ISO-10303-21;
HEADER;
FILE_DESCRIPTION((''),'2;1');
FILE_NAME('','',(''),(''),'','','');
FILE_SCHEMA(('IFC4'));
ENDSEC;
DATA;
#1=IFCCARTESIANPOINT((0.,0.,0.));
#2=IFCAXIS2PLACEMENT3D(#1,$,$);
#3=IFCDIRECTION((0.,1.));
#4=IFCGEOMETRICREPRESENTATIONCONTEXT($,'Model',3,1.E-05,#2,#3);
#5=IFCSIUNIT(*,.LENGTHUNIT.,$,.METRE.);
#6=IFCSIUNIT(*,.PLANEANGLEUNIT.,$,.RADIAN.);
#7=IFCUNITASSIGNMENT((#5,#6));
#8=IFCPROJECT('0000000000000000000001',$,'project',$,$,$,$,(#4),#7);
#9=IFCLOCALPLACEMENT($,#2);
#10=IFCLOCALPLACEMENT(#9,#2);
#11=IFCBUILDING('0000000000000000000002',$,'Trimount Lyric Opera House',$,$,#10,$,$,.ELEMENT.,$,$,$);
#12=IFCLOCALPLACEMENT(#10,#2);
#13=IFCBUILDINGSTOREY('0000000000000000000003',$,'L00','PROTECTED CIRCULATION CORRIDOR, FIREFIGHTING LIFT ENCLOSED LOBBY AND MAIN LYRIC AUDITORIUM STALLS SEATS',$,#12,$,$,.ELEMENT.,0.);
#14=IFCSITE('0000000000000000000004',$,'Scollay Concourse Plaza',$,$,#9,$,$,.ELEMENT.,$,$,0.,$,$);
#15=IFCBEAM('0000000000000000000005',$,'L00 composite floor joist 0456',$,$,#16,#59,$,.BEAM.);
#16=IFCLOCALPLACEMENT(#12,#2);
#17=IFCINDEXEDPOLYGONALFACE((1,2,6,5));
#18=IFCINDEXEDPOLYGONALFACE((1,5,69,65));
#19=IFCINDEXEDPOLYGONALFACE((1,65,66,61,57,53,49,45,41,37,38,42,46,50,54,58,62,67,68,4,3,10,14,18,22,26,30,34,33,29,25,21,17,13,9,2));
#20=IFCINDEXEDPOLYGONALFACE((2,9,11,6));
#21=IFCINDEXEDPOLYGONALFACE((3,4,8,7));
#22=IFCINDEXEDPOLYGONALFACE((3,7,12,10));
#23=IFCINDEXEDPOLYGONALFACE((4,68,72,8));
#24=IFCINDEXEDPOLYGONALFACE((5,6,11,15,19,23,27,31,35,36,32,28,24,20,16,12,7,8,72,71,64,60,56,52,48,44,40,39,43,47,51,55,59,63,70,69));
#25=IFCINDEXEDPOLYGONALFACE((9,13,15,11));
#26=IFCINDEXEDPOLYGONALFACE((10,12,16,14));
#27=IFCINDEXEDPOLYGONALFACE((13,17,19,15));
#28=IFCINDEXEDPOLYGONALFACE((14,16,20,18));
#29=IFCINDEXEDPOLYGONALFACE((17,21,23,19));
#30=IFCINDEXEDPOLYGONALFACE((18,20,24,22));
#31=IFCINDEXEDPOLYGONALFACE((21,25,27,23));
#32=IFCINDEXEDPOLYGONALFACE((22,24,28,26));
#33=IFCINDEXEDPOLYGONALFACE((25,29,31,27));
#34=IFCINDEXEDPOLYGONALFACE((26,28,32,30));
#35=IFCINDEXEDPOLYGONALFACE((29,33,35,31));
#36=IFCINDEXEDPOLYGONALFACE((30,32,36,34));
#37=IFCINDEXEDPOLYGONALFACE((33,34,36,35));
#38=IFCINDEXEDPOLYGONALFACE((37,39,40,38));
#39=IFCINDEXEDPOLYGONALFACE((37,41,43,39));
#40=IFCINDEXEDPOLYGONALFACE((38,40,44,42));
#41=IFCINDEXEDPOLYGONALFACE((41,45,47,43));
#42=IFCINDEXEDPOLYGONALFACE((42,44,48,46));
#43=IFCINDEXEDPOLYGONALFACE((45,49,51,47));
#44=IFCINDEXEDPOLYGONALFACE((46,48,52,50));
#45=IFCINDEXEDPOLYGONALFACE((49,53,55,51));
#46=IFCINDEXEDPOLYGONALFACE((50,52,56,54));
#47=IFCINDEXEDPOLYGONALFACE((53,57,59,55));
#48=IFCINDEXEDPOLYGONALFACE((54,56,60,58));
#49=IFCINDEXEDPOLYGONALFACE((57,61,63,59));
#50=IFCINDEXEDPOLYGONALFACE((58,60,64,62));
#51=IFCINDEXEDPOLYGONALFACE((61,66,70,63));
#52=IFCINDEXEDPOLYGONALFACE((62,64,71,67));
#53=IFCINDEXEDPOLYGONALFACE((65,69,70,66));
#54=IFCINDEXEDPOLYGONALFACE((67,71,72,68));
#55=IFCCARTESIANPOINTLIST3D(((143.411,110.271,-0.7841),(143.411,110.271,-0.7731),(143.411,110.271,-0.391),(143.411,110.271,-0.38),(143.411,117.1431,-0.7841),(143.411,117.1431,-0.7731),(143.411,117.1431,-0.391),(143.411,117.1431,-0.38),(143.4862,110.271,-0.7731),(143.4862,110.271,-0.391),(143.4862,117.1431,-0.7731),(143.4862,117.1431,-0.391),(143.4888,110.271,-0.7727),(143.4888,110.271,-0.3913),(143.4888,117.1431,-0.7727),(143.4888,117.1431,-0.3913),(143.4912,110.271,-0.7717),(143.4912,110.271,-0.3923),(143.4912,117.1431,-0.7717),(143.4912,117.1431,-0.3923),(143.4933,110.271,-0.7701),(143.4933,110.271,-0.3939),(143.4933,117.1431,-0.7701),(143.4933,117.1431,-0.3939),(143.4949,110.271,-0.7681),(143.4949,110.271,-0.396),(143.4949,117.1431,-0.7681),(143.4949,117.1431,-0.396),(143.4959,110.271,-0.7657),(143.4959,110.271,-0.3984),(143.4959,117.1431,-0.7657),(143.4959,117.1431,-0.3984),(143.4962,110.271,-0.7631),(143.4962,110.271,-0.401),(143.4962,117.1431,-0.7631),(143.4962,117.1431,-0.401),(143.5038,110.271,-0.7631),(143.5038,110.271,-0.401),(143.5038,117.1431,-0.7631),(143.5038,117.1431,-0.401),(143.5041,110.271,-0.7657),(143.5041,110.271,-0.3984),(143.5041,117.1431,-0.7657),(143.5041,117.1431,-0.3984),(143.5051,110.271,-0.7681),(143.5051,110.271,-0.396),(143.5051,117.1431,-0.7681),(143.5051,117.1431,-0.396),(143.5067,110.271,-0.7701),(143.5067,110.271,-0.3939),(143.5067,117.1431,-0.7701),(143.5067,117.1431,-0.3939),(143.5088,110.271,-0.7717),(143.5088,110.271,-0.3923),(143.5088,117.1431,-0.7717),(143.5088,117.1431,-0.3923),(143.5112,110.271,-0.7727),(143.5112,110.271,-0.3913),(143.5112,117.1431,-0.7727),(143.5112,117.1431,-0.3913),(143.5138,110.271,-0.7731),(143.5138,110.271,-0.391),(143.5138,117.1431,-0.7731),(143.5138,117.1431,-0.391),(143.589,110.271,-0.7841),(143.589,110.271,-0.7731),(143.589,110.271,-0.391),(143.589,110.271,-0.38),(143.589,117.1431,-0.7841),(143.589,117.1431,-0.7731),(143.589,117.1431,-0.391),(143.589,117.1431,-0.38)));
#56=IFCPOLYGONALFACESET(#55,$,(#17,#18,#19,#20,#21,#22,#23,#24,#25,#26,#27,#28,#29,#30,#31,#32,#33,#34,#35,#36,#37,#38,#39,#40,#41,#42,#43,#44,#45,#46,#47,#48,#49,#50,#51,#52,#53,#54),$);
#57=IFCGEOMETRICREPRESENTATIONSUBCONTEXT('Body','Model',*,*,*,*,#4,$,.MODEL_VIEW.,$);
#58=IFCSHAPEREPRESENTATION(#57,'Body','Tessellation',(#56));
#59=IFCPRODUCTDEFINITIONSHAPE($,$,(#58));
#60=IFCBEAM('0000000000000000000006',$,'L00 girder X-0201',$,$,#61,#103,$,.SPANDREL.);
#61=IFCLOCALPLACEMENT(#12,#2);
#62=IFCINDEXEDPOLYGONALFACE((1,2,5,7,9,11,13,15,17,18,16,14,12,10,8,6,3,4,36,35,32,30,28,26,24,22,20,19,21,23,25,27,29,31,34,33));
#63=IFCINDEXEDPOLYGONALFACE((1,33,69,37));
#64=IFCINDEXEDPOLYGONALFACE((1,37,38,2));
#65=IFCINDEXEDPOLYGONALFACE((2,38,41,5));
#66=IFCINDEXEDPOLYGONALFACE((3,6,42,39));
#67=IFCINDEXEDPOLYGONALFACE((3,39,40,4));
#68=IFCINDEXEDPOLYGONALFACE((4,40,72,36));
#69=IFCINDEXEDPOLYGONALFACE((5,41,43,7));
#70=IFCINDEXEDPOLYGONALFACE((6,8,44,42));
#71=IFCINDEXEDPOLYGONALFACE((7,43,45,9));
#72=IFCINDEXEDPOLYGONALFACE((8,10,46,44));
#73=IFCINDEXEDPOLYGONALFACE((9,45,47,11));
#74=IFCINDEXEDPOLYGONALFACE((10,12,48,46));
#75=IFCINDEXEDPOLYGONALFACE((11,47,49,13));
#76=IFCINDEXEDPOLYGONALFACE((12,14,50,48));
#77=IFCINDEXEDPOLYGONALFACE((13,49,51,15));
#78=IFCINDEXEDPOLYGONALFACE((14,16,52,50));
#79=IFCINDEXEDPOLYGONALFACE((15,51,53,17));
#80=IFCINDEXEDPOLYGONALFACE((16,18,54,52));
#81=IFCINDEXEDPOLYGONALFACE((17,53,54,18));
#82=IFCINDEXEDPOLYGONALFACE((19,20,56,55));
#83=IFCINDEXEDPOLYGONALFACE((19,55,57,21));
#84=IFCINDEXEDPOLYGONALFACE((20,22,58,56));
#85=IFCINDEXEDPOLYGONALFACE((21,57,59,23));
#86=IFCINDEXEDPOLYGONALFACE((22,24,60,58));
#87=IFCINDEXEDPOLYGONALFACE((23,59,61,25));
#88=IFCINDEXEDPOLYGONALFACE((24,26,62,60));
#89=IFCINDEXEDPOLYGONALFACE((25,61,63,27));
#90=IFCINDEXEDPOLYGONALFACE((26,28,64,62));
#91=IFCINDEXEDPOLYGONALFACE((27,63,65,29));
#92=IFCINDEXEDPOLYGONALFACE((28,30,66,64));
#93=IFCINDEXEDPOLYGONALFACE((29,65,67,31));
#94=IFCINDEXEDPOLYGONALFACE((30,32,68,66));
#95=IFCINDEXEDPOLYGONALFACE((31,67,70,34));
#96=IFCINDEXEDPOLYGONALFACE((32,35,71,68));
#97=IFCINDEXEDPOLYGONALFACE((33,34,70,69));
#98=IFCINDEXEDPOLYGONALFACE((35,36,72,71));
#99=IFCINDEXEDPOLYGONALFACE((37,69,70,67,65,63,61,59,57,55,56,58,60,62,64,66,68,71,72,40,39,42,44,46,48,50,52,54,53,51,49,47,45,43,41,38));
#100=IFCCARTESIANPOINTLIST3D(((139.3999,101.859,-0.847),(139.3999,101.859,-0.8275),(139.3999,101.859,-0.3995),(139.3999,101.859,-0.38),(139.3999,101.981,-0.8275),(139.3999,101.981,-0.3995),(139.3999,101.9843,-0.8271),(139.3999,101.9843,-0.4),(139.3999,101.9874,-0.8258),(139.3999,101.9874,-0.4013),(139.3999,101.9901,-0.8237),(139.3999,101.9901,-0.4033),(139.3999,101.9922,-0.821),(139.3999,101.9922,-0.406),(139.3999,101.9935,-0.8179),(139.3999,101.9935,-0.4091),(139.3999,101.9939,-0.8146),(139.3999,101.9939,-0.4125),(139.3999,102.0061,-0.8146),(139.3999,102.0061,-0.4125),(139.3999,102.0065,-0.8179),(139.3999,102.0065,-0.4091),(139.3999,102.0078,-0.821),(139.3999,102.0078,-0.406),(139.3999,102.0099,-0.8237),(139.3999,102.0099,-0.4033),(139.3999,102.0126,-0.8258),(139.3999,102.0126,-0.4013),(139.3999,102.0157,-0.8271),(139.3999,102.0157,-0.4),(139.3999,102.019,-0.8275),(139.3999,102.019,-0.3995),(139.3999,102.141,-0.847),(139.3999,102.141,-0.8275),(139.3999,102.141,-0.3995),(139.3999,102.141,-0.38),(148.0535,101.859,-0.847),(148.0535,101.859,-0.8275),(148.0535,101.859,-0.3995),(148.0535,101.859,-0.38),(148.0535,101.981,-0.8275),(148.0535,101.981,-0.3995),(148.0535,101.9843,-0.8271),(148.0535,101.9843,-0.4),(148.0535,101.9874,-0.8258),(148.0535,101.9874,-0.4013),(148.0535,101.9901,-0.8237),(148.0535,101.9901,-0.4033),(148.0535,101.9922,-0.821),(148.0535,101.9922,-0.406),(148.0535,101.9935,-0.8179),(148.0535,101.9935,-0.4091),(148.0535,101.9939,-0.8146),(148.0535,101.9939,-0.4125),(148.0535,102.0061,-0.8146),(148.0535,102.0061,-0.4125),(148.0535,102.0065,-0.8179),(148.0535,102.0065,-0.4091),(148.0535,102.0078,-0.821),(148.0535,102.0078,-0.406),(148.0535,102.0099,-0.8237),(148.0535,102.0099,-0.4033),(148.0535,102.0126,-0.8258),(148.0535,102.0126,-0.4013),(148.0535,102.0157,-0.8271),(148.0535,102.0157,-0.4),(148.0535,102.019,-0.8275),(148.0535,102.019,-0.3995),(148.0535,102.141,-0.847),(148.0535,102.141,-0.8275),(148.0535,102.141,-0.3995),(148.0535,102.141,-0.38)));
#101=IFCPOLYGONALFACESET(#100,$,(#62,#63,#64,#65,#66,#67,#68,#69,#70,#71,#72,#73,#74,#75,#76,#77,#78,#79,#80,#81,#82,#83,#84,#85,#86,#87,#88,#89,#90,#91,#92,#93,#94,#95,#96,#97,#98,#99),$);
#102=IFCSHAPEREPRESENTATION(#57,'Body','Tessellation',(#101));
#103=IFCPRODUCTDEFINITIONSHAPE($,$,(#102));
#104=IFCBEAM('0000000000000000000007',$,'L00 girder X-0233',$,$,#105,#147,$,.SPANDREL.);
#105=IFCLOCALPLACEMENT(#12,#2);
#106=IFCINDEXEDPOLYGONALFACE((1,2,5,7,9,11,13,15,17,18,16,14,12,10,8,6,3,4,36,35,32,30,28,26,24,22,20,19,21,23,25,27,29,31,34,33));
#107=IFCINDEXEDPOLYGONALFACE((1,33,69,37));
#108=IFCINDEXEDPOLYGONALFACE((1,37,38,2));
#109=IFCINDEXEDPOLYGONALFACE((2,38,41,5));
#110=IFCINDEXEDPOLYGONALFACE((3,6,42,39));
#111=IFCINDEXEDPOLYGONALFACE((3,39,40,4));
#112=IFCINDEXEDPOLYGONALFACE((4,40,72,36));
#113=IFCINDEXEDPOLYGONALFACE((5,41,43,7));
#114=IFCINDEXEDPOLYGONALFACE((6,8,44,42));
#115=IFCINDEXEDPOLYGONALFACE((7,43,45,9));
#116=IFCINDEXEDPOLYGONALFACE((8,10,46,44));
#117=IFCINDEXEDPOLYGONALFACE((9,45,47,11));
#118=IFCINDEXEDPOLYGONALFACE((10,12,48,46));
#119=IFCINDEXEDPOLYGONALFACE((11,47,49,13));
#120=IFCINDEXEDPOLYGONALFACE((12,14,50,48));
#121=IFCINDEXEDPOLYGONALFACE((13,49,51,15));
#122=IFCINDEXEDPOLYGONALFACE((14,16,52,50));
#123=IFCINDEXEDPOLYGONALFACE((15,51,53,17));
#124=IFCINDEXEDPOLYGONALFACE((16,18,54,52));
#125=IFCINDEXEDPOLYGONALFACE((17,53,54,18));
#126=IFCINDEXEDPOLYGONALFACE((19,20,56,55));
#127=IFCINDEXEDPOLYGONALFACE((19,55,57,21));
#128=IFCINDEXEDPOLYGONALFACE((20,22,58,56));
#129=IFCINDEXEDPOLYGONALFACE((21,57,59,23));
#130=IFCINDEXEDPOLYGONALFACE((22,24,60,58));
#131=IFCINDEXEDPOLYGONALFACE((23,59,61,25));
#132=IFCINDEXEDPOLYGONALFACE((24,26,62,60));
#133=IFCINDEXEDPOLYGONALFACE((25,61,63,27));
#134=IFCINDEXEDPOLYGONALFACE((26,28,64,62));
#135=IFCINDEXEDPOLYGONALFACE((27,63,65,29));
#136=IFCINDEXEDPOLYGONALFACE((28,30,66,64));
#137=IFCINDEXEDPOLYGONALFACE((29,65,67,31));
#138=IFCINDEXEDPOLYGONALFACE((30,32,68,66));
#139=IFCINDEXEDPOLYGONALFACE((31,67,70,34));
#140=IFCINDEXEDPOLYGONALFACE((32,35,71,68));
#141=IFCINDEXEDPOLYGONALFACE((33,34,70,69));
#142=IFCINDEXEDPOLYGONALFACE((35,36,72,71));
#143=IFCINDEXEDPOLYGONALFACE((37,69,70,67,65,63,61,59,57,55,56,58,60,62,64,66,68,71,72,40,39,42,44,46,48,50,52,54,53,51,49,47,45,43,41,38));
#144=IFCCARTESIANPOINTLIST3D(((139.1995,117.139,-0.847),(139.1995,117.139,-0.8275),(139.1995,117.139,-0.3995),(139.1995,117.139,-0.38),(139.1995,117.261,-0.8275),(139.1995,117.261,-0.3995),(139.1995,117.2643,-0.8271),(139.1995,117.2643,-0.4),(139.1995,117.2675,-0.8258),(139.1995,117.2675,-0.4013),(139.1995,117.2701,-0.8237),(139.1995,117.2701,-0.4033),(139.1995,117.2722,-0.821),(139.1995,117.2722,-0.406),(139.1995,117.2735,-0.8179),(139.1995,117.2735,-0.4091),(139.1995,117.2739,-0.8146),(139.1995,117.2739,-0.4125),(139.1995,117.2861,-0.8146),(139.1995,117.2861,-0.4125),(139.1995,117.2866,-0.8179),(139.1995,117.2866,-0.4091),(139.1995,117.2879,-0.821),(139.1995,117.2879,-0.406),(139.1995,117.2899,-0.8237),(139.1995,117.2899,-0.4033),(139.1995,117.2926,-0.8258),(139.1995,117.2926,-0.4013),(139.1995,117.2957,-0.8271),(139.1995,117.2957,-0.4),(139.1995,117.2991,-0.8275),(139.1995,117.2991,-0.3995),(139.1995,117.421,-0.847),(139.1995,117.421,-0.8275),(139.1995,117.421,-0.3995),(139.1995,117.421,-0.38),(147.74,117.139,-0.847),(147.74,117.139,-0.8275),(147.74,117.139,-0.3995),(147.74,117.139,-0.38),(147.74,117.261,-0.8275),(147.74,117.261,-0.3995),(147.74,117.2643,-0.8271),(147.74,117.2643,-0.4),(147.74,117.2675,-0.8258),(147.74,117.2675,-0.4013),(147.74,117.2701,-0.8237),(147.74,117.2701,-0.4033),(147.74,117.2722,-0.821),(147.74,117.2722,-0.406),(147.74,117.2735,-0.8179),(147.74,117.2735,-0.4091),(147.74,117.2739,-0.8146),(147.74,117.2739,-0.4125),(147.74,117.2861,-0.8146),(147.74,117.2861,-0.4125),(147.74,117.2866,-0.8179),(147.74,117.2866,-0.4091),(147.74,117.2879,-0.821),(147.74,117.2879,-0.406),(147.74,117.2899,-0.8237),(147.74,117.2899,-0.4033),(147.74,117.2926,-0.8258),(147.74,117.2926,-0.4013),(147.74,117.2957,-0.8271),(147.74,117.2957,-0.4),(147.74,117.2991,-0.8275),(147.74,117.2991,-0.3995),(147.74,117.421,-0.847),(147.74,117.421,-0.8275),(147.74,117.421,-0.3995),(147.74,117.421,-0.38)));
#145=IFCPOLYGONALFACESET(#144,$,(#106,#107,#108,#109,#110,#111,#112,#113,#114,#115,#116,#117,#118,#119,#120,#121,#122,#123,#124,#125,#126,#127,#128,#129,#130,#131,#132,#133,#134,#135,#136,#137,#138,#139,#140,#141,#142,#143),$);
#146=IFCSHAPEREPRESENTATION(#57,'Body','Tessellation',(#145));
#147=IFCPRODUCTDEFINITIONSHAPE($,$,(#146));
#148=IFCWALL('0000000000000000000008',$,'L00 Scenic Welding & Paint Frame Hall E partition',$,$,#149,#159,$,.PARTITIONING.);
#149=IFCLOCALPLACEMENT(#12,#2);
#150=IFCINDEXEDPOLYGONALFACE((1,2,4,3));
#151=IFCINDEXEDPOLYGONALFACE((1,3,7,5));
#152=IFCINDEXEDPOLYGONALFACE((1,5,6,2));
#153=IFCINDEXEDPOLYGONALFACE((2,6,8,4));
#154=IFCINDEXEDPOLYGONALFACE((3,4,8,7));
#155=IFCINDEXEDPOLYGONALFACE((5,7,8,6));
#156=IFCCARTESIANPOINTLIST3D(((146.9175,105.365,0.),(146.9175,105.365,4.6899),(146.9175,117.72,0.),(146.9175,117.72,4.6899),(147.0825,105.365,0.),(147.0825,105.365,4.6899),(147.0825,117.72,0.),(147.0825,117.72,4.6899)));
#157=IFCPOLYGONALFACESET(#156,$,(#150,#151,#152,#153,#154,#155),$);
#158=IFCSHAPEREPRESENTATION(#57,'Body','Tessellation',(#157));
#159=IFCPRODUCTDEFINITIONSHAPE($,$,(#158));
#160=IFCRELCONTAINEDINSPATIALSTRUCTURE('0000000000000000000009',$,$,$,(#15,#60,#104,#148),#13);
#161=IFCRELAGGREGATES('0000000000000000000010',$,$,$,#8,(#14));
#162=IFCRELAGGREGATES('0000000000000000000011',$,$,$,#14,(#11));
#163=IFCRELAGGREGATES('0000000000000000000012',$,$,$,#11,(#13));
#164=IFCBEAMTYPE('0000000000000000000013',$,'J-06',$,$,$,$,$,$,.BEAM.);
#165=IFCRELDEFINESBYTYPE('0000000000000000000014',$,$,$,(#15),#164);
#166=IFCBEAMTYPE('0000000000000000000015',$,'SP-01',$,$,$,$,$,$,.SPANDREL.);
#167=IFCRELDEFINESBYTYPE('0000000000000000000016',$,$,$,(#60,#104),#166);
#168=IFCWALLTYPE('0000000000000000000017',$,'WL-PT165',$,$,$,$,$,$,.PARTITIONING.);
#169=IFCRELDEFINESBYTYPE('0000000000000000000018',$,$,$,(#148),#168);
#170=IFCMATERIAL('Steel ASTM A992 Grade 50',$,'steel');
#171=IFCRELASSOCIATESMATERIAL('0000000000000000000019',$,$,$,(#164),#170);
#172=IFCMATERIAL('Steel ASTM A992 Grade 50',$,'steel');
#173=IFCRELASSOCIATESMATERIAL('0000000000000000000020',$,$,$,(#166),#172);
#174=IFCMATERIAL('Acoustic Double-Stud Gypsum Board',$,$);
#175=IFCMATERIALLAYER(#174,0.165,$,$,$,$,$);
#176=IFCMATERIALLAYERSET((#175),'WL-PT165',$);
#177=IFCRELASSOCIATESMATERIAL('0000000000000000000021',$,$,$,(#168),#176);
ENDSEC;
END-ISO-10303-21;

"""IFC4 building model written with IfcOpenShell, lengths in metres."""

from ifc_helpers import new_model, si_unit, direction, frame, frame_2d, origin, origin_2d, place, context, subcontext, project, spatial, rectangle, i_section, extrude, material, layer, layer_set, material_profile, profile_set, type_object, element, save


model = new_model("IFC4")

# Units and contexts
model_context = context("Model", 3, precision=1e-05, world=origin(), true_north=direction((0.0, 1.0)))
body_context = subcontext(model_context, "Body", "Model", "MODEL_VIEW")
ifc_project = project(units=[si_unit("LENGTHUNIT", "METRE"), si_unit("PLANEANGLEUNIT", "RADIAN")], contexts=[model_context])

# Site, building, storey
site_placement = place(None, origin())
site = spatial("IfcSite", under=ifc_project, at=site_placement, Name="Scollay Concourse Plaza", CompositionType="ELEMENT", RefElevation=0.0)
building_placement = place(site_placement, origin())
building = spatial("IfcBuilding", under=site, at=building_placement, Name="Trimount Lyric Opera House", CompositionType="ELEMENT")
storey_placement = place(building_placement, origin())
storey = spatial("IfcBuildingStorey", under=building, at=storey_placement, Name="L00", Description="PROTECTED CIRCULATION CORRIDOR, FIREFIGHTING LIFT ENCLOSED LOBBY AND MAIN LYRIC AUDITORIUM STALLS SEATS", CompositionType="ELEMENT", Elevation=0.0)

# Beams
ifc_material_1 = material(Name="Steel ASTM A992 Grade 50", Category="steel")
ifc_material_profile_1 = material_profile(ifc_material_1, i_section(OverallWidth=0.178, OverallDepth=0.4041, WebThickness=0.0076, FlangeThickness=0.011, FilletRadius=0.01, at=origin_2d()), Name="W16X36")
ifc_profile_set_1 = profile_set([ifc_material_profile_1], Name="Steel ASTM A992 Grade 50")
beam_type_1 = type_object("IfcBeamType", Name="J-06", PredefinedType="BEAM", material=ifc_profile_set_1)
beam_1_placement = place(storey_placement, frame((143.5, 110.271, -0.582), z_axis=(0.0, 1.0, 0.0), x_axis=(-1.0, 0.0, 0.0)))
element("IfcBeam", 1, at=beam_1_placement, inside=storey, type_object=beam_type_1, Name="L00 composite floor joist 0456", PredefinedType="BEAM", context=body_context, shape_type="SweptSolid", body=[
    extrude(i_section(OverallWidth=0.178, OverallDepth=0.4041, WebThickness=0.0076, FlangeThickness=0.011, FilletRadius=0.01, at=origin_2d()), origin(), (0.0, 0.0, 1.0), 6.8721),
])
ifc_material_2 = material(Name="Steel ASTM A992 Grade 50", Category="steel")
ifc_material_profile_2 = material_profile(ifc_material_2, i_section(OverallWidth=0.282, OverallDepth=0.467, WebThickness=0.0122, FlangeThickness=0.0195, FilletRadius=0.0129, at=origin_2d()), Name="W18X86")
ifc_profile_set_2 = profile_set([ifc_material_profile_2], Name="Steel ASTM A992 Grade 50")
beam_type_2 = type_object("IfcBeamType", Name="SP-01", PredefinedType="SPANDREL", material=ifc_profile_set_2)
beam_2_placement = place(storey_placement, frame((139.3999, 102.0, -0.6135), z_axis=(1.0, 0.0, 0.0), x_axis=(0.0, 1.0, 0.0)))
element("IfcBeam", 2, at=beam_2_placement, inside=storey, type_object=beam_type_2, Name="L00 girder X-0201", PredefinedType="SPANDREL", context=body_context, shape_type="SweptSolid", body=[
    extrude(i_section(OverallWidth=0.282, OverallDepth=0.467, WebThickness=0.0122, FlangeThickness=0.0195, FilletRadius=0.0129, at=origin_2d()), origin(), (0.0, 0.0, 1.0), 8.6536),
])
beam_3_placement = place(storey_placement, frame((139.1995, 117.28, -0.6135), z_axis=(1.0, 0.0, 0.0), x_axis=(0.0, 1.0, 0.0)))
element("IfcBeam", 3, at=beam_3_placement, inside=storey, type_object=beam_type_2, Name="L00 girder X-0233", PredefinedType="SPANDREL", context=body_context, shape_type="SweptSolid", body=[
    extrude(i_section(OverallWidth=0.282, OverallDepth=0.467, WebThickness=0.0122, FlangeThickness=0.0195, FilletRadius=0.0129, at=origin_2d()), origin(), (0.0, 0.0, 1.0), 8.5405),
])

# Wall
ifc_material_3 = material(Name="Acoustic Double-Stud Gypsum Board")
ifc_layer_1 = layer(ifc_material_3, 0.165)
ifc_layer_set_1 = layer_set([ifc_layer_1], Name="WL-PT165")
wall_type_1 = type_object("IfcWallType", Name="WL-PT165", PredefinedType="PARTITIONING", material=ifc_layer_set_1)
wall_1_placement = place(storey_placement, frame((147.0, 105.365, 0.0), z_axis=(0.0, 0.0, 1.0), x_axis=(0.0, 1.0, 0.0)))
element("IfcWall", 4, at=wall_1_placement, inside=storey, type_object=wall_type_1, Name="L00 Scenic Welding & Paint Frame Hall E partition", PredefinedType="PARTITIONING", context=body_context, shape_type="SweptSolid", body=[
    extrude(rectangle(XDim=12.355, YDim=0.165, at=frame_2d((6.1775, 0.0))), origin(), (0.0, 0.0, 1.0), 4.6899),
])

save(model, "model.ifc")
